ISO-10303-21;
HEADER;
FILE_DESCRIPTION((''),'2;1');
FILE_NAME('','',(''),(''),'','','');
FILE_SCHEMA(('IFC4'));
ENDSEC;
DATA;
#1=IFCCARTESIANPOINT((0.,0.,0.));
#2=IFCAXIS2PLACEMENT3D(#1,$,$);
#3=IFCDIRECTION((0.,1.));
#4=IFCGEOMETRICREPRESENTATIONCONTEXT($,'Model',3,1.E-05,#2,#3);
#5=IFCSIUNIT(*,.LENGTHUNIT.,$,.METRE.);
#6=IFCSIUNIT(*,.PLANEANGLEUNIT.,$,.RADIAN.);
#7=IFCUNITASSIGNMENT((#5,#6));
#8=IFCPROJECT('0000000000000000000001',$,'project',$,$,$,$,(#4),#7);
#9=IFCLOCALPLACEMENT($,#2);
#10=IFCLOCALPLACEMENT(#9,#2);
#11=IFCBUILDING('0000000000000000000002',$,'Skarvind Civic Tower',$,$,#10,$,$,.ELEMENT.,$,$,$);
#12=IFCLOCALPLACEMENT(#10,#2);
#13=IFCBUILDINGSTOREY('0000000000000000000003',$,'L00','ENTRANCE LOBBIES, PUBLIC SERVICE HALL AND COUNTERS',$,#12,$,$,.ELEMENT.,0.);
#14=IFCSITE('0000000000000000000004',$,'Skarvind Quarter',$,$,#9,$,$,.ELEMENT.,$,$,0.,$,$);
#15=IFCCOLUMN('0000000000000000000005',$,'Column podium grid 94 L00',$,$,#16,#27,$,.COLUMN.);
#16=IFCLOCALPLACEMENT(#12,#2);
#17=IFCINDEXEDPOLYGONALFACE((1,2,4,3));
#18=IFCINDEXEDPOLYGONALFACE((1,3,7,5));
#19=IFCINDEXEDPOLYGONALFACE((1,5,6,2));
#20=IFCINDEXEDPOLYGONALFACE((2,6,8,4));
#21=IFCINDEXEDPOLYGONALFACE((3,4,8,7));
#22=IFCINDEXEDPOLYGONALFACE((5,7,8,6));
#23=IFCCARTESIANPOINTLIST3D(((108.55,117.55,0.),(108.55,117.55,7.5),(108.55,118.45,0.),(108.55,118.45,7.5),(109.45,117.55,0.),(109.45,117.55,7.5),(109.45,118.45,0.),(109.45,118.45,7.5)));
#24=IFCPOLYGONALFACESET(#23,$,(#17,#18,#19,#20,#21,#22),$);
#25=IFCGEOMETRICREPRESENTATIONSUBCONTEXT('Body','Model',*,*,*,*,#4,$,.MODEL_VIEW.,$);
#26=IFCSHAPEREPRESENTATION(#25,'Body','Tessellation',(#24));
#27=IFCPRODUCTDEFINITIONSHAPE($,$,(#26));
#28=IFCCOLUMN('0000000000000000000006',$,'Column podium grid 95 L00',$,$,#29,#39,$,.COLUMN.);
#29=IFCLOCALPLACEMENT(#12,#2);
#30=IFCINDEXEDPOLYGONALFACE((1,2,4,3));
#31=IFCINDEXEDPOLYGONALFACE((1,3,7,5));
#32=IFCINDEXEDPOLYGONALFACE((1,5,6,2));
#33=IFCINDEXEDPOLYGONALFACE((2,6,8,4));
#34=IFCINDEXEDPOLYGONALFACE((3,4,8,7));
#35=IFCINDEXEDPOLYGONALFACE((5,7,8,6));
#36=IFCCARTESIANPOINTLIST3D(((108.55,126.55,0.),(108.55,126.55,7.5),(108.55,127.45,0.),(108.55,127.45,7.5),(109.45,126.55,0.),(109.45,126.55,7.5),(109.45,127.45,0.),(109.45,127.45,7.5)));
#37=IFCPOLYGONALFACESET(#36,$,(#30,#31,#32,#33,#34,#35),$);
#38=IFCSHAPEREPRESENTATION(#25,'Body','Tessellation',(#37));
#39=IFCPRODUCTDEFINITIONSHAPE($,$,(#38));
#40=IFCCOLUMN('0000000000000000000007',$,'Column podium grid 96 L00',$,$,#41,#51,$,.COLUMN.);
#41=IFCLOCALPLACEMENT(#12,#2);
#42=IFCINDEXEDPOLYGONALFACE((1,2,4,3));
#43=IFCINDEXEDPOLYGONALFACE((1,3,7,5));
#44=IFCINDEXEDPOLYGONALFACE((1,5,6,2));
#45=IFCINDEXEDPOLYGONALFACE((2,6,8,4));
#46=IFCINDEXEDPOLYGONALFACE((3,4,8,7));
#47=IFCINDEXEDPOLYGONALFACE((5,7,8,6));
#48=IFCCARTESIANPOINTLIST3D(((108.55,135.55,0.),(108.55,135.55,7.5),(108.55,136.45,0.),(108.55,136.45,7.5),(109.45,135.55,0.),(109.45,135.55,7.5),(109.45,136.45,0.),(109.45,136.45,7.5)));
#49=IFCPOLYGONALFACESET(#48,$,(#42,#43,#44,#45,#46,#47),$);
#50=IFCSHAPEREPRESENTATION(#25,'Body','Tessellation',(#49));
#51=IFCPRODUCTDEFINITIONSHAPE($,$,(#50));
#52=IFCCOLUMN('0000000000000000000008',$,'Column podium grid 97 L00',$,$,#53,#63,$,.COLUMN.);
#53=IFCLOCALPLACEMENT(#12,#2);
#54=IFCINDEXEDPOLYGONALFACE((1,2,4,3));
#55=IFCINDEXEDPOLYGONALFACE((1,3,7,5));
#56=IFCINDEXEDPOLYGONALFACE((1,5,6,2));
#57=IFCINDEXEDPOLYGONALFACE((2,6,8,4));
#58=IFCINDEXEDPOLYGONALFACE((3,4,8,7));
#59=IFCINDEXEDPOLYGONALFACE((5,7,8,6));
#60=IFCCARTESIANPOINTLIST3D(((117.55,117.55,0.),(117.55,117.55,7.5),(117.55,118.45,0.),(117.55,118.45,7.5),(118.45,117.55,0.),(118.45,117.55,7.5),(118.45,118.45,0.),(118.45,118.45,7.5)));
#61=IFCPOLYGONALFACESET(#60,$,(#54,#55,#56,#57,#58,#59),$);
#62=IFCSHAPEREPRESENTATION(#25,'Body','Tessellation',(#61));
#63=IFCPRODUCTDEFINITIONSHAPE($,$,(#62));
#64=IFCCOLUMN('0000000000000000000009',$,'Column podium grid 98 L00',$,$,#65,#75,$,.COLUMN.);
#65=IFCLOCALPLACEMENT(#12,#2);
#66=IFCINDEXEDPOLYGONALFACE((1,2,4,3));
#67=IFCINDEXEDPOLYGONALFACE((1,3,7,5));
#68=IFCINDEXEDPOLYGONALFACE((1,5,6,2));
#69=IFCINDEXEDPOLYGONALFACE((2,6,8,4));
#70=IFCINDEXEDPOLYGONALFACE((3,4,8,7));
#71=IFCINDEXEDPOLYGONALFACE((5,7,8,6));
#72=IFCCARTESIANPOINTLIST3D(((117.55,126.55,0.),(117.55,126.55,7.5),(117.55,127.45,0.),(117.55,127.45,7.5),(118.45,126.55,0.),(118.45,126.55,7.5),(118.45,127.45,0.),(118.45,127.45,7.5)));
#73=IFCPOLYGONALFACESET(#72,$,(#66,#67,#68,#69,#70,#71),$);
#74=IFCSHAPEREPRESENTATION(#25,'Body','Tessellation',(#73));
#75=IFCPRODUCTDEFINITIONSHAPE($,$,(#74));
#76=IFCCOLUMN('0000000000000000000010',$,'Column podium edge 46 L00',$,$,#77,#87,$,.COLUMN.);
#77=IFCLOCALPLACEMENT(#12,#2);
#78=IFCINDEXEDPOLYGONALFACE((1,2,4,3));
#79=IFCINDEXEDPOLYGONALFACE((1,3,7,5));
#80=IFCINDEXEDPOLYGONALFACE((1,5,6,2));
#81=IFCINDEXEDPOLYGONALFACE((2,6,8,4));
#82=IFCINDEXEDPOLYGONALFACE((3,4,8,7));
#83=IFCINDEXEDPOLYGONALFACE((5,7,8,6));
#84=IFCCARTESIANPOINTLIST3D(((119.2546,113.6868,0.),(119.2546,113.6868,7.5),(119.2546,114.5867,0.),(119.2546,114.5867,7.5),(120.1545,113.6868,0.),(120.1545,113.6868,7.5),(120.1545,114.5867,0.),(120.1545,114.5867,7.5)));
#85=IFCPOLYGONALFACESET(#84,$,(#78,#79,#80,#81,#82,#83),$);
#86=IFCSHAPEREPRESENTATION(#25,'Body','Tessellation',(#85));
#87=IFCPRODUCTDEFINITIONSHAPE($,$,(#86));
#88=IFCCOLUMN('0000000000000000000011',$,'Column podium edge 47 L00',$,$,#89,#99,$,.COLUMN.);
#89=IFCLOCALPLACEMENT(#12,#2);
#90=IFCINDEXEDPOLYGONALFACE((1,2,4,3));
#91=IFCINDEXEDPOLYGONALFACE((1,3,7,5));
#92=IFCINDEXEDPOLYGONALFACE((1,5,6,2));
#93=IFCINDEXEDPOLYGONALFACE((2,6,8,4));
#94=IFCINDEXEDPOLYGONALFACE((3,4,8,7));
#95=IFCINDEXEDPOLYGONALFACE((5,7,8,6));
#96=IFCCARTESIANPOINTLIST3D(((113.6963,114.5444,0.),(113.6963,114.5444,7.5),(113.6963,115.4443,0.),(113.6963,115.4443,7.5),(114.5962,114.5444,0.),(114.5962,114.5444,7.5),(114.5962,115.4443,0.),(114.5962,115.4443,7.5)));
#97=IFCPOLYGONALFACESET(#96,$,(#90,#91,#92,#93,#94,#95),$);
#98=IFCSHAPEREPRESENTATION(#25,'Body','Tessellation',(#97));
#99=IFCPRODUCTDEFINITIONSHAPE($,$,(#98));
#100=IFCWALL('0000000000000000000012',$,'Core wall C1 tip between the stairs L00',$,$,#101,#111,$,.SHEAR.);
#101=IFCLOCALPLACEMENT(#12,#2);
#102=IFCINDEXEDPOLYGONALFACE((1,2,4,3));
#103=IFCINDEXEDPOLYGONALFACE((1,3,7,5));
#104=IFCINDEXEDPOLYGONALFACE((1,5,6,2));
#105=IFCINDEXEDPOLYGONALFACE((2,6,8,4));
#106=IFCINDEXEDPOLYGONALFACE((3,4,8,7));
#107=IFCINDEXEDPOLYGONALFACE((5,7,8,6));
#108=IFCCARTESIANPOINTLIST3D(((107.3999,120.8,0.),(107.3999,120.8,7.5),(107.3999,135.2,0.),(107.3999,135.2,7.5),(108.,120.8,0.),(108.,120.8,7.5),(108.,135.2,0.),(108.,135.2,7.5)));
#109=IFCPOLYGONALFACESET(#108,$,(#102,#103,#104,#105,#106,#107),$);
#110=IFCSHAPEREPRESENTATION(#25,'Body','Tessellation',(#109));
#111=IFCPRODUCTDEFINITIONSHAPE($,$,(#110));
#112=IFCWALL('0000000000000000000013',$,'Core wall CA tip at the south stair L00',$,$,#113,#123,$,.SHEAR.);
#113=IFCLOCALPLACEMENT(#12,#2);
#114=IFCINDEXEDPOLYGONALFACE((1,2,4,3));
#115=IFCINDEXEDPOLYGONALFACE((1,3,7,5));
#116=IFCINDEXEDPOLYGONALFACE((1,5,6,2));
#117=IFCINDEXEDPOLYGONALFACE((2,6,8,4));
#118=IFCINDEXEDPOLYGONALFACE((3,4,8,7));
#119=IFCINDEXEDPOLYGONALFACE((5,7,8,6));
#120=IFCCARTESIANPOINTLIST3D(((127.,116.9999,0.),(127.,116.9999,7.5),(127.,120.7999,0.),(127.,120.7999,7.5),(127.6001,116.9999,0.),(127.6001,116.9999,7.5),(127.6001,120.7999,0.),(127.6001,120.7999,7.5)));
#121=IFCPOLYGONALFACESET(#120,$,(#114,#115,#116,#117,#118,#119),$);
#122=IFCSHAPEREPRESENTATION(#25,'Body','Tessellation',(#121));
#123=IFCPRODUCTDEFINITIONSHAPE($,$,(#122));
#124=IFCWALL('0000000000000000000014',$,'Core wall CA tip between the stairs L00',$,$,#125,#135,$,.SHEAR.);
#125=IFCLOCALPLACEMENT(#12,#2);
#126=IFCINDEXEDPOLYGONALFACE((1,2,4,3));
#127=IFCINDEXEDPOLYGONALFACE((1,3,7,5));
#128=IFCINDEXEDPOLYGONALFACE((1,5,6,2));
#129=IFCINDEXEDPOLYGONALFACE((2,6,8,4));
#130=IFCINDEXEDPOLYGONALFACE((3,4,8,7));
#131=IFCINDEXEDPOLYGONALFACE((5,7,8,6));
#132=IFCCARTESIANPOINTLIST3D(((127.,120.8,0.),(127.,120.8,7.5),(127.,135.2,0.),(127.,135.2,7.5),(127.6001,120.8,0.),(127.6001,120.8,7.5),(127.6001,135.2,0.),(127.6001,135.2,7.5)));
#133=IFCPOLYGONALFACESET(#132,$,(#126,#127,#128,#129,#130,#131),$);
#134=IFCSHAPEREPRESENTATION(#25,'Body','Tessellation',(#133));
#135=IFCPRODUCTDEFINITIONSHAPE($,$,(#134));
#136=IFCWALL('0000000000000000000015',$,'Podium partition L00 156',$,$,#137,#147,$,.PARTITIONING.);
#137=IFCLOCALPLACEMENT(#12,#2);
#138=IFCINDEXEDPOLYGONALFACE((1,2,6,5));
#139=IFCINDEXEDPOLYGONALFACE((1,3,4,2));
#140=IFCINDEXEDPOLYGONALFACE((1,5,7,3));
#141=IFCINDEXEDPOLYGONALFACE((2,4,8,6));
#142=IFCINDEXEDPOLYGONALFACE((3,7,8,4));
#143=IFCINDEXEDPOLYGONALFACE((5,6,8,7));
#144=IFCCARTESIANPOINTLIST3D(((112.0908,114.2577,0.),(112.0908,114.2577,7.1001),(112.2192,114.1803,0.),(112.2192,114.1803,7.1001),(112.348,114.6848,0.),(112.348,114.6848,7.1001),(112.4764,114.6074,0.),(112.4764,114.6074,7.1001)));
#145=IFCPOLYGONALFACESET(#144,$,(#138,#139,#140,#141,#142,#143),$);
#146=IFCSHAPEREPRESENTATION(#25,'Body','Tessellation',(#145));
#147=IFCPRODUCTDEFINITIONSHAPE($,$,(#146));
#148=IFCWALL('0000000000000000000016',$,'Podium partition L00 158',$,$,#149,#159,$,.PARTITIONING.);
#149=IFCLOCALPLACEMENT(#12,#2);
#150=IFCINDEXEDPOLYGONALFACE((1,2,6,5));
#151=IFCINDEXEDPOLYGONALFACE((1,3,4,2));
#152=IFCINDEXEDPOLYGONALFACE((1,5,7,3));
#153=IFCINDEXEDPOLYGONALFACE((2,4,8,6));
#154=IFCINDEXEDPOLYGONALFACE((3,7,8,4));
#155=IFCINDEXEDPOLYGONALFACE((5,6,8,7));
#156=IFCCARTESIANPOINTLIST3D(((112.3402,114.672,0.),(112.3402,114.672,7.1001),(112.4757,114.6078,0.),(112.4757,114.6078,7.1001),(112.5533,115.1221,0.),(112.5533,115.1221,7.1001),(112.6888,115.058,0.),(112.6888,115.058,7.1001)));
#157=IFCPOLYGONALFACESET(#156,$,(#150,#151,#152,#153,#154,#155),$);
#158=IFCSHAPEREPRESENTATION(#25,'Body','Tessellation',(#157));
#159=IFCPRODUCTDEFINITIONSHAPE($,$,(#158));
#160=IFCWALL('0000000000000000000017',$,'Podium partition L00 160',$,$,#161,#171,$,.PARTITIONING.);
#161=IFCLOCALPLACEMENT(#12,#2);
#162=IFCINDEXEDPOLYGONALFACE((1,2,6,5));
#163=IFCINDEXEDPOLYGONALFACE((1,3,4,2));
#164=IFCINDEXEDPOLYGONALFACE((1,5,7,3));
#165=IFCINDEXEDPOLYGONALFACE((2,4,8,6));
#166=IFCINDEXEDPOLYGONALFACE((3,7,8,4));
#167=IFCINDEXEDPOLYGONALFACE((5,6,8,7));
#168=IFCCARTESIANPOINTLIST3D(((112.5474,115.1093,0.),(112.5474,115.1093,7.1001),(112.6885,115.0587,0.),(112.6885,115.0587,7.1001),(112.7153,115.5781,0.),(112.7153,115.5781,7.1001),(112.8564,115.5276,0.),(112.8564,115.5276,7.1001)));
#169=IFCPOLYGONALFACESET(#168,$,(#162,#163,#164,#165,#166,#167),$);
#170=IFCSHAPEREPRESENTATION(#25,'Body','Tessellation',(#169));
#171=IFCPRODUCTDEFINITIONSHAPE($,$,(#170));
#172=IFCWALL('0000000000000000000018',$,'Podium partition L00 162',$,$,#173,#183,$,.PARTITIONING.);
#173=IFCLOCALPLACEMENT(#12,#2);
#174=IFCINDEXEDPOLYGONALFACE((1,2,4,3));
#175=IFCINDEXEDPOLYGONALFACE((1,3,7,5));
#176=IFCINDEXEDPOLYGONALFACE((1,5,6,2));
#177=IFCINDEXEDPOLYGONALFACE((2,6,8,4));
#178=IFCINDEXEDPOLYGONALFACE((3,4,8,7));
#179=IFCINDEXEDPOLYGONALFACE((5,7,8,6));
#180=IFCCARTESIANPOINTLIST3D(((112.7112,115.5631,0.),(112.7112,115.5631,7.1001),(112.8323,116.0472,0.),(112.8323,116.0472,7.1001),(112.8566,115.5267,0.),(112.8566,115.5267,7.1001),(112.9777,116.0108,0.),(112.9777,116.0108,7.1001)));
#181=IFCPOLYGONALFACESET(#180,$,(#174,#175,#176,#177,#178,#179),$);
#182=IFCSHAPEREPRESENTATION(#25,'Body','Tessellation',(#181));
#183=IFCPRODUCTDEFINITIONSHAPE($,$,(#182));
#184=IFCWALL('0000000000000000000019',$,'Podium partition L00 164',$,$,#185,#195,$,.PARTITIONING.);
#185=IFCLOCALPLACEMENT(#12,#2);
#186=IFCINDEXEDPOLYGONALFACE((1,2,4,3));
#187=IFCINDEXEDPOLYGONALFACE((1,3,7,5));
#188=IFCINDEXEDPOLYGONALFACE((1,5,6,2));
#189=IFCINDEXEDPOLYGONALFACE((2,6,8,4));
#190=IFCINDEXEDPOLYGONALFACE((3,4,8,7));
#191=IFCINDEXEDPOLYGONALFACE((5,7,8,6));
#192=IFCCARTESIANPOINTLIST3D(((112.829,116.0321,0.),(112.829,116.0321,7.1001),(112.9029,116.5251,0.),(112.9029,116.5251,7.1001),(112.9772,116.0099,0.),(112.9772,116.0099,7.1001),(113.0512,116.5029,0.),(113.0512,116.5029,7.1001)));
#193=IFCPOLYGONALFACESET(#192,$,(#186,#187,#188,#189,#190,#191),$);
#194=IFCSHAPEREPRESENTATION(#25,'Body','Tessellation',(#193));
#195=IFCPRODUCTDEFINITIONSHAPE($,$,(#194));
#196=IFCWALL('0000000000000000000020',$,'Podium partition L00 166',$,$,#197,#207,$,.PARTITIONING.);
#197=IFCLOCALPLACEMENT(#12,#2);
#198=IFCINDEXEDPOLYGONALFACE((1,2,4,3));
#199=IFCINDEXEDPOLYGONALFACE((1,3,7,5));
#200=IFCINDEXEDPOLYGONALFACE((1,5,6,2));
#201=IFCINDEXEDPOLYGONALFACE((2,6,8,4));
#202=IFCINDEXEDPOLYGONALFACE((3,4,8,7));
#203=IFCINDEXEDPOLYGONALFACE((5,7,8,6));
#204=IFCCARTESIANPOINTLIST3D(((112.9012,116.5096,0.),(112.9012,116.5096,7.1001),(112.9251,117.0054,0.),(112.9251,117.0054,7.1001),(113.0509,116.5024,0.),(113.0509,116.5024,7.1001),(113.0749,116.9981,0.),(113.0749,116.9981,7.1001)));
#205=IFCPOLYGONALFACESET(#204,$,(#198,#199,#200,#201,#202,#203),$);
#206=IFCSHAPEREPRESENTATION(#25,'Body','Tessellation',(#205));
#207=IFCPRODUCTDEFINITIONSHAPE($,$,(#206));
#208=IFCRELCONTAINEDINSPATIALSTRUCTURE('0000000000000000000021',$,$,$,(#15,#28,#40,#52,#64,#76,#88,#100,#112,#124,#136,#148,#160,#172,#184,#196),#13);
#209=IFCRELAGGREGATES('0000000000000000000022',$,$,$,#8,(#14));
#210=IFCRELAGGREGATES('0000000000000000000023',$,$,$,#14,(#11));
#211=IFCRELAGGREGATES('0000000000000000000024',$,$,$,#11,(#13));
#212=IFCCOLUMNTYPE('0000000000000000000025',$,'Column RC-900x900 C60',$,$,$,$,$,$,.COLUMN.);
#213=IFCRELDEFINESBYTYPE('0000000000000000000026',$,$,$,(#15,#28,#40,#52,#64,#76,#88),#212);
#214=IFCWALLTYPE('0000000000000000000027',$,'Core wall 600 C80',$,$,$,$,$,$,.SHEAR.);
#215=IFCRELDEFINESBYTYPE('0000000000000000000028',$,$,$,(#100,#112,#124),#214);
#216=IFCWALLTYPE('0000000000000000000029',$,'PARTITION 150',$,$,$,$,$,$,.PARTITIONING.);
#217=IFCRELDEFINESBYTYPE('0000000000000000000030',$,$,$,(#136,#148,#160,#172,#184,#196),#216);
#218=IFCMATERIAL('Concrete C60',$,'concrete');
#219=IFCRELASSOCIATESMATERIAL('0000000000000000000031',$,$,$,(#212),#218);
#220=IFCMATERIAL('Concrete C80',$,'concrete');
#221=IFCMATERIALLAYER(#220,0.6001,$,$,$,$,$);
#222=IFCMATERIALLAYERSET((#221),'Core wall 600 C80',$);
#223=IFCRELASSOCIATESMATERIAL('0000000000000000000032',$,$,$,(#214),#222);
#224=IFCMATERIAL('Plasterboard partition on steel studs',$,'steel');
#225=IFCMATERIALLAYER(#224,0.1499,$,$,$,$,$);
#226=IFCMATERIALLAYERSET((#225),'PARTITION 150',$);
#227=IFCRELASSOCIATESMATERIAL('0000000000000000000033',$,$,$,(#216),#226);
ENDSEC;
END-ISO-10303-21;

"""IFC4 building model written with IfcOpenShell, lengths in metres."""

from ifc_helpers import new_model, si_unit, direction, frame, frame_2d, origin, origin_2d, place, context, subcontext, project, spatial, rectangle, extrude, material, layer, layer_set, material_profile, profile_set, type_object, element, save


model = new_model("IFC4")

# Units and contexts
model_context = context("Model", 3, precision=1e-05, world=origin(), true_north=direction((0.0, 1.0)))
body_context = subcontext(model_context, "Body", "Model", "MODEL_VIEW")
ifc_project = project(units=[si_unit("LENGTHUNIT", "METRE"), si_unit("PLANEANGLEUNIT", "RADIAN")], contexts=[model_context])

# Site, building, storey
site_placement = place(None, origin())
site = spatial("IfcSite", under=ifc_project, at=site_placement, Name="Skarvind Quarter", CompositionType="ELEMENT", RefElevation=0.0)
building_placement = place(site_placement, origin())
building = spatial("IfcBuilding", under=site, at=building_placement, Name="Skarvind Civic Tower", CompositionType="ELEMENT")
storey_placement = place(building_placement, origin())
storey = spatial("IfcBuildingStorey", under=building, at=storey_placement, Name="L00", Description="ENTRANCE LOBBIES, PUBLIC SERVICE HALL AND COUNTERS", CompositionType="ELEMENT", Elevation=0.0)

# Columns
ifc_material_1 = material(Name="Concrete C60", Category="concrete")
ifc_material_profile = material_profile(ifc_material_1, rectangle(XDim=0.8999, YDim=0.8999, at=origin_2d()), Name="RC-900x900")
ifc_profile_set = profile_set([ifc_material_profile], Name="Concrete C60")
column_type = type_object("IfcColumnType", Name="Column RC-900x900 C60", PredefinedType="COLUMN", material=ifc_profile_set)
for number, where, z_axis, x_axis, name in (
    (1, (109.0, 118.0, 0.0), (0.0, 0.0, 1.0), (1.0, 0.0, 0.0), "Column podium grid 94 L00"),
    (2, (109.0, 127.0, 0.0), (0.0, 0.0, 1.0), (1.0, 0.0, 0.0), "Column podium grid 95 L00"),
    (3, (109.0, 136.0, 0.0), (0.0, 0.0, 1.0), (1.0, 0.0, 0.0), "Column podium grid 96 L00"),
    (4, (118.0, 118.0, 0.0), (0.0, 0.0, 1.0), (1.0, 0.0, 0.0), "Column podium grid 97 L00"),
    (5, (118.0, 127.0, 0.0), (0.0, 0.0, 1.0), (1.0, 0.0, 0.0), "Column podium grid 98 L00"),
    (6, (119.7046, 114.1367, 0.0), (0.0, 0.0, 1.0), (1.0, 0.0, 0.0), "Column podium edge 46 L00"),
    (7, (114.1462, 114.9944, 0.0), (0.0, 0.0, 1.0), (1.0, 0.0, 0.0), "Column podium edge 47 L00"),
):
    element("IfcColumn", number, at=place(storey_placement, frame(where, z_axis=z_axis, x_axis=x_axis)), inside=storey, type_object=column_type, Name=name, PredefinedType="COLUMN", context=body_context, shape_type="SweptSolid", body=[
        extrude(rectangle(XDim=0.8999, YDim=0.8999, at=origin_2d()), origin(), (0.0, 0.0, 1.0), 7.5),
    ])

# Walls
ifc_material_2 = material(Name="Concrete C80", Category="concrete")
ifc_layer_1 = layer(ifc_material_2, 0.6001)
ifc_layer_set_1 = layer_set([ifc_layer_1], Name="Core wall 600 C80")
wall_type_1 = type_object("IfcWallType", Name="Core wall 600 C80", PredefinedType="SHEAR", material=ifc_layer_set_1)
wall_1_placement = place(storey_placement, frame((107.7, 135.2, 0.0), z_axis=(0.0, 0.0, 1.0), x_axis=(0.0, -1.0, 0.0)))
element("IfcWall", 8, at=wall_1_placement, inside=storey, type_object=wall_type_1, Name="Core wall C1 tip between the stairs L00", PredefinedType="SHEAR", context=body_context, shape_type="SweptSolid", body=[
    extrude(rectangle(XDim=14.3999, YDim=0.6001, at=frame_2d((7.2, 0.0))), origin(), (0.0, 0.0, 1.0), 7.5),
])
wall_2_placement = place(storey_placement, frame((127.3, 117.0, 0.0), z_axis=(0.0, 0.0, 1.0), x_axis=(0.0, 1.0, 0.0)))
element("IfcWall", 9, at=wall_2_placement, inside=storey, type_object=wall_type_1, Name="Core wall CA tip at the south stair L00", PredefinedType="SHEAR", context=body_context, shape_type="SweptSolid", body=[
    extrude(rectangle(XDim=3.8, YDim=0.6001, at=frame_2d((1.8999, 0.0))), origin(), (0.0, 0.0, 1.0), 7.5),
])
wall_3_placement = place(storey_placement, frame((127.3, 120.8, 0.0), z_axis=(0.0, 0.0, 1.0), x_axis=(0.0, 1.0, 0.0)))
element("IfcWall", 10, at=wall_3_placement, inside=storey, type_object=wall_type_1, Name="Core wall CA tip between the stairs L00", PredefinedType="SHEAR", context=body_context, shape_type="SweptSolid", body=[
    extrude(rectangle(XDim=14.3999, YDim=0.6001, at=frame_2d((7.2, 0.0))), origin(), (0.0, 0.0, 1.0), 7.5),
])
ifc_material_3 = material(Name="Plasterboard partition on steel studs", Category="steel")
ifc_layer_2 = layer(ifc_material_3, 0.1499)
ifc_layer_set_2 = layer_set([ifc_layer_2], Name="PARTITION 150")
wall_type_2 = type_object("IfcWallType", Name="PARTITION 150", PredefinedType="PARTITIONING", material=ifc_layer_set_2)
wall_4_placement = place(storey_placement, frame((112.155, 114.219, 0.0), z_axis=(0.0, 0.0, 1.0), x_axis=(0.515792, 0.856714, 0.0)))
element("IfcWall", 11, at=wall_4_placement, inside=storey, type_object=wall_type_2, Name="Podium partition L00 156", PredefinedType="PARTITIONING", context=body_context, shape_type="SweptSolid", body=[
    extrude(rectangle(XDim=0.4985, YDim=0.1499, at=frame_2d((0.2493, 0.0))), origin(), (0.0, 0.0, 1.0), 7.1001),
])
for number, where, z_axis, x_axis, name in (
    (12, (112.408, 114.6399, 0.0), (0.0, 0.0, 1.0), (0.427897, 0.903828, 0.0), "Podium partition L00 158"),
    (13, (112.6179, 115.084, 0.0), (0.0, 0.0, 1.0), (0.337174, 0.941442, 0.0), "Podium partition L00 160"),
):
    element("IfcWall", number, at=place(storey_placement, frame(where, z_axis=z_axis, x_axis=x_axis)), inside=storey, type_object=wall_type_2, Name=name, PredefinedType="PARTITIONING", context=body_context, shape_type="SweptSolid", body=[
        extrude(rectangle(XDim=0.498, YDim=0.1499, at=frame_2d((0.249, 0.0))), origin(), (0.0, 0.0, 1.0), 7.1001),
    ])
wall_5_placement = place(storey_placement, frame((112.7839, 115.5449, 0.0), z_axis=(0.0, 0.0, 1.0), x_axis=(0.242651, 0.970114, 0.0)))
element("IfcWall", 14, at=wall_5_placement, inside=storey, type_object=wall_type_2, Name="Podium partition L00 162", PredefinedType="PARTITIONING", context=body_context, shape_type="SweptSolid", body=[
    extrude(rectangle(XDim=0.499, YDim=0.1499, at=frame_2d((0.2495, 0.0))), origin(), (0.0, 0.0, 1.0), 7.1001),
])
wall_6_placement = place(storey_placement, frame((112.9031, 116.021, 0.0), z_axis=(0.0, 0.0, 1.0), x_axis=(0.148412, 0.988926, 0.0)))
element("IfcWall", 15, at=wall_6_placement, inside=storey, type_object=wall_type_2, Name="Podium partition L00 164", PredefinedType="PARTITIONING", context=body_context, shape_type="SweptSolid", body=[
    extrude(rectangle(XDim=0.4985, YDim=0.1499, at=frame_2d((0.2493, 0.0))), origin(), (0.0, 0.0, 1.0), 7.1001),
])
wall_7_placement = place(storey_placement, frame((112.9761, 116.5061, 0.0), z_axis=(0.0, 0.0, 1.0), x_axis=(0.048196, 0.998838, 0.0)))
element("IfcWall", 16, at=wall_7_placement, inside=storey, type_object=wall_type_2, Name="Podium partition L00 166", PredefinedType="PARTITIONING", context=body_context, shape_type="SweptSolid", body=[
    extrude(rectangle(XDim=0.4963, YDim=0.1499, at=frame_2d((0.248, 0.0))), origin(), (0.0, 0.0, 1.0), 7.1001),
])

save(model, "model.ifc")
